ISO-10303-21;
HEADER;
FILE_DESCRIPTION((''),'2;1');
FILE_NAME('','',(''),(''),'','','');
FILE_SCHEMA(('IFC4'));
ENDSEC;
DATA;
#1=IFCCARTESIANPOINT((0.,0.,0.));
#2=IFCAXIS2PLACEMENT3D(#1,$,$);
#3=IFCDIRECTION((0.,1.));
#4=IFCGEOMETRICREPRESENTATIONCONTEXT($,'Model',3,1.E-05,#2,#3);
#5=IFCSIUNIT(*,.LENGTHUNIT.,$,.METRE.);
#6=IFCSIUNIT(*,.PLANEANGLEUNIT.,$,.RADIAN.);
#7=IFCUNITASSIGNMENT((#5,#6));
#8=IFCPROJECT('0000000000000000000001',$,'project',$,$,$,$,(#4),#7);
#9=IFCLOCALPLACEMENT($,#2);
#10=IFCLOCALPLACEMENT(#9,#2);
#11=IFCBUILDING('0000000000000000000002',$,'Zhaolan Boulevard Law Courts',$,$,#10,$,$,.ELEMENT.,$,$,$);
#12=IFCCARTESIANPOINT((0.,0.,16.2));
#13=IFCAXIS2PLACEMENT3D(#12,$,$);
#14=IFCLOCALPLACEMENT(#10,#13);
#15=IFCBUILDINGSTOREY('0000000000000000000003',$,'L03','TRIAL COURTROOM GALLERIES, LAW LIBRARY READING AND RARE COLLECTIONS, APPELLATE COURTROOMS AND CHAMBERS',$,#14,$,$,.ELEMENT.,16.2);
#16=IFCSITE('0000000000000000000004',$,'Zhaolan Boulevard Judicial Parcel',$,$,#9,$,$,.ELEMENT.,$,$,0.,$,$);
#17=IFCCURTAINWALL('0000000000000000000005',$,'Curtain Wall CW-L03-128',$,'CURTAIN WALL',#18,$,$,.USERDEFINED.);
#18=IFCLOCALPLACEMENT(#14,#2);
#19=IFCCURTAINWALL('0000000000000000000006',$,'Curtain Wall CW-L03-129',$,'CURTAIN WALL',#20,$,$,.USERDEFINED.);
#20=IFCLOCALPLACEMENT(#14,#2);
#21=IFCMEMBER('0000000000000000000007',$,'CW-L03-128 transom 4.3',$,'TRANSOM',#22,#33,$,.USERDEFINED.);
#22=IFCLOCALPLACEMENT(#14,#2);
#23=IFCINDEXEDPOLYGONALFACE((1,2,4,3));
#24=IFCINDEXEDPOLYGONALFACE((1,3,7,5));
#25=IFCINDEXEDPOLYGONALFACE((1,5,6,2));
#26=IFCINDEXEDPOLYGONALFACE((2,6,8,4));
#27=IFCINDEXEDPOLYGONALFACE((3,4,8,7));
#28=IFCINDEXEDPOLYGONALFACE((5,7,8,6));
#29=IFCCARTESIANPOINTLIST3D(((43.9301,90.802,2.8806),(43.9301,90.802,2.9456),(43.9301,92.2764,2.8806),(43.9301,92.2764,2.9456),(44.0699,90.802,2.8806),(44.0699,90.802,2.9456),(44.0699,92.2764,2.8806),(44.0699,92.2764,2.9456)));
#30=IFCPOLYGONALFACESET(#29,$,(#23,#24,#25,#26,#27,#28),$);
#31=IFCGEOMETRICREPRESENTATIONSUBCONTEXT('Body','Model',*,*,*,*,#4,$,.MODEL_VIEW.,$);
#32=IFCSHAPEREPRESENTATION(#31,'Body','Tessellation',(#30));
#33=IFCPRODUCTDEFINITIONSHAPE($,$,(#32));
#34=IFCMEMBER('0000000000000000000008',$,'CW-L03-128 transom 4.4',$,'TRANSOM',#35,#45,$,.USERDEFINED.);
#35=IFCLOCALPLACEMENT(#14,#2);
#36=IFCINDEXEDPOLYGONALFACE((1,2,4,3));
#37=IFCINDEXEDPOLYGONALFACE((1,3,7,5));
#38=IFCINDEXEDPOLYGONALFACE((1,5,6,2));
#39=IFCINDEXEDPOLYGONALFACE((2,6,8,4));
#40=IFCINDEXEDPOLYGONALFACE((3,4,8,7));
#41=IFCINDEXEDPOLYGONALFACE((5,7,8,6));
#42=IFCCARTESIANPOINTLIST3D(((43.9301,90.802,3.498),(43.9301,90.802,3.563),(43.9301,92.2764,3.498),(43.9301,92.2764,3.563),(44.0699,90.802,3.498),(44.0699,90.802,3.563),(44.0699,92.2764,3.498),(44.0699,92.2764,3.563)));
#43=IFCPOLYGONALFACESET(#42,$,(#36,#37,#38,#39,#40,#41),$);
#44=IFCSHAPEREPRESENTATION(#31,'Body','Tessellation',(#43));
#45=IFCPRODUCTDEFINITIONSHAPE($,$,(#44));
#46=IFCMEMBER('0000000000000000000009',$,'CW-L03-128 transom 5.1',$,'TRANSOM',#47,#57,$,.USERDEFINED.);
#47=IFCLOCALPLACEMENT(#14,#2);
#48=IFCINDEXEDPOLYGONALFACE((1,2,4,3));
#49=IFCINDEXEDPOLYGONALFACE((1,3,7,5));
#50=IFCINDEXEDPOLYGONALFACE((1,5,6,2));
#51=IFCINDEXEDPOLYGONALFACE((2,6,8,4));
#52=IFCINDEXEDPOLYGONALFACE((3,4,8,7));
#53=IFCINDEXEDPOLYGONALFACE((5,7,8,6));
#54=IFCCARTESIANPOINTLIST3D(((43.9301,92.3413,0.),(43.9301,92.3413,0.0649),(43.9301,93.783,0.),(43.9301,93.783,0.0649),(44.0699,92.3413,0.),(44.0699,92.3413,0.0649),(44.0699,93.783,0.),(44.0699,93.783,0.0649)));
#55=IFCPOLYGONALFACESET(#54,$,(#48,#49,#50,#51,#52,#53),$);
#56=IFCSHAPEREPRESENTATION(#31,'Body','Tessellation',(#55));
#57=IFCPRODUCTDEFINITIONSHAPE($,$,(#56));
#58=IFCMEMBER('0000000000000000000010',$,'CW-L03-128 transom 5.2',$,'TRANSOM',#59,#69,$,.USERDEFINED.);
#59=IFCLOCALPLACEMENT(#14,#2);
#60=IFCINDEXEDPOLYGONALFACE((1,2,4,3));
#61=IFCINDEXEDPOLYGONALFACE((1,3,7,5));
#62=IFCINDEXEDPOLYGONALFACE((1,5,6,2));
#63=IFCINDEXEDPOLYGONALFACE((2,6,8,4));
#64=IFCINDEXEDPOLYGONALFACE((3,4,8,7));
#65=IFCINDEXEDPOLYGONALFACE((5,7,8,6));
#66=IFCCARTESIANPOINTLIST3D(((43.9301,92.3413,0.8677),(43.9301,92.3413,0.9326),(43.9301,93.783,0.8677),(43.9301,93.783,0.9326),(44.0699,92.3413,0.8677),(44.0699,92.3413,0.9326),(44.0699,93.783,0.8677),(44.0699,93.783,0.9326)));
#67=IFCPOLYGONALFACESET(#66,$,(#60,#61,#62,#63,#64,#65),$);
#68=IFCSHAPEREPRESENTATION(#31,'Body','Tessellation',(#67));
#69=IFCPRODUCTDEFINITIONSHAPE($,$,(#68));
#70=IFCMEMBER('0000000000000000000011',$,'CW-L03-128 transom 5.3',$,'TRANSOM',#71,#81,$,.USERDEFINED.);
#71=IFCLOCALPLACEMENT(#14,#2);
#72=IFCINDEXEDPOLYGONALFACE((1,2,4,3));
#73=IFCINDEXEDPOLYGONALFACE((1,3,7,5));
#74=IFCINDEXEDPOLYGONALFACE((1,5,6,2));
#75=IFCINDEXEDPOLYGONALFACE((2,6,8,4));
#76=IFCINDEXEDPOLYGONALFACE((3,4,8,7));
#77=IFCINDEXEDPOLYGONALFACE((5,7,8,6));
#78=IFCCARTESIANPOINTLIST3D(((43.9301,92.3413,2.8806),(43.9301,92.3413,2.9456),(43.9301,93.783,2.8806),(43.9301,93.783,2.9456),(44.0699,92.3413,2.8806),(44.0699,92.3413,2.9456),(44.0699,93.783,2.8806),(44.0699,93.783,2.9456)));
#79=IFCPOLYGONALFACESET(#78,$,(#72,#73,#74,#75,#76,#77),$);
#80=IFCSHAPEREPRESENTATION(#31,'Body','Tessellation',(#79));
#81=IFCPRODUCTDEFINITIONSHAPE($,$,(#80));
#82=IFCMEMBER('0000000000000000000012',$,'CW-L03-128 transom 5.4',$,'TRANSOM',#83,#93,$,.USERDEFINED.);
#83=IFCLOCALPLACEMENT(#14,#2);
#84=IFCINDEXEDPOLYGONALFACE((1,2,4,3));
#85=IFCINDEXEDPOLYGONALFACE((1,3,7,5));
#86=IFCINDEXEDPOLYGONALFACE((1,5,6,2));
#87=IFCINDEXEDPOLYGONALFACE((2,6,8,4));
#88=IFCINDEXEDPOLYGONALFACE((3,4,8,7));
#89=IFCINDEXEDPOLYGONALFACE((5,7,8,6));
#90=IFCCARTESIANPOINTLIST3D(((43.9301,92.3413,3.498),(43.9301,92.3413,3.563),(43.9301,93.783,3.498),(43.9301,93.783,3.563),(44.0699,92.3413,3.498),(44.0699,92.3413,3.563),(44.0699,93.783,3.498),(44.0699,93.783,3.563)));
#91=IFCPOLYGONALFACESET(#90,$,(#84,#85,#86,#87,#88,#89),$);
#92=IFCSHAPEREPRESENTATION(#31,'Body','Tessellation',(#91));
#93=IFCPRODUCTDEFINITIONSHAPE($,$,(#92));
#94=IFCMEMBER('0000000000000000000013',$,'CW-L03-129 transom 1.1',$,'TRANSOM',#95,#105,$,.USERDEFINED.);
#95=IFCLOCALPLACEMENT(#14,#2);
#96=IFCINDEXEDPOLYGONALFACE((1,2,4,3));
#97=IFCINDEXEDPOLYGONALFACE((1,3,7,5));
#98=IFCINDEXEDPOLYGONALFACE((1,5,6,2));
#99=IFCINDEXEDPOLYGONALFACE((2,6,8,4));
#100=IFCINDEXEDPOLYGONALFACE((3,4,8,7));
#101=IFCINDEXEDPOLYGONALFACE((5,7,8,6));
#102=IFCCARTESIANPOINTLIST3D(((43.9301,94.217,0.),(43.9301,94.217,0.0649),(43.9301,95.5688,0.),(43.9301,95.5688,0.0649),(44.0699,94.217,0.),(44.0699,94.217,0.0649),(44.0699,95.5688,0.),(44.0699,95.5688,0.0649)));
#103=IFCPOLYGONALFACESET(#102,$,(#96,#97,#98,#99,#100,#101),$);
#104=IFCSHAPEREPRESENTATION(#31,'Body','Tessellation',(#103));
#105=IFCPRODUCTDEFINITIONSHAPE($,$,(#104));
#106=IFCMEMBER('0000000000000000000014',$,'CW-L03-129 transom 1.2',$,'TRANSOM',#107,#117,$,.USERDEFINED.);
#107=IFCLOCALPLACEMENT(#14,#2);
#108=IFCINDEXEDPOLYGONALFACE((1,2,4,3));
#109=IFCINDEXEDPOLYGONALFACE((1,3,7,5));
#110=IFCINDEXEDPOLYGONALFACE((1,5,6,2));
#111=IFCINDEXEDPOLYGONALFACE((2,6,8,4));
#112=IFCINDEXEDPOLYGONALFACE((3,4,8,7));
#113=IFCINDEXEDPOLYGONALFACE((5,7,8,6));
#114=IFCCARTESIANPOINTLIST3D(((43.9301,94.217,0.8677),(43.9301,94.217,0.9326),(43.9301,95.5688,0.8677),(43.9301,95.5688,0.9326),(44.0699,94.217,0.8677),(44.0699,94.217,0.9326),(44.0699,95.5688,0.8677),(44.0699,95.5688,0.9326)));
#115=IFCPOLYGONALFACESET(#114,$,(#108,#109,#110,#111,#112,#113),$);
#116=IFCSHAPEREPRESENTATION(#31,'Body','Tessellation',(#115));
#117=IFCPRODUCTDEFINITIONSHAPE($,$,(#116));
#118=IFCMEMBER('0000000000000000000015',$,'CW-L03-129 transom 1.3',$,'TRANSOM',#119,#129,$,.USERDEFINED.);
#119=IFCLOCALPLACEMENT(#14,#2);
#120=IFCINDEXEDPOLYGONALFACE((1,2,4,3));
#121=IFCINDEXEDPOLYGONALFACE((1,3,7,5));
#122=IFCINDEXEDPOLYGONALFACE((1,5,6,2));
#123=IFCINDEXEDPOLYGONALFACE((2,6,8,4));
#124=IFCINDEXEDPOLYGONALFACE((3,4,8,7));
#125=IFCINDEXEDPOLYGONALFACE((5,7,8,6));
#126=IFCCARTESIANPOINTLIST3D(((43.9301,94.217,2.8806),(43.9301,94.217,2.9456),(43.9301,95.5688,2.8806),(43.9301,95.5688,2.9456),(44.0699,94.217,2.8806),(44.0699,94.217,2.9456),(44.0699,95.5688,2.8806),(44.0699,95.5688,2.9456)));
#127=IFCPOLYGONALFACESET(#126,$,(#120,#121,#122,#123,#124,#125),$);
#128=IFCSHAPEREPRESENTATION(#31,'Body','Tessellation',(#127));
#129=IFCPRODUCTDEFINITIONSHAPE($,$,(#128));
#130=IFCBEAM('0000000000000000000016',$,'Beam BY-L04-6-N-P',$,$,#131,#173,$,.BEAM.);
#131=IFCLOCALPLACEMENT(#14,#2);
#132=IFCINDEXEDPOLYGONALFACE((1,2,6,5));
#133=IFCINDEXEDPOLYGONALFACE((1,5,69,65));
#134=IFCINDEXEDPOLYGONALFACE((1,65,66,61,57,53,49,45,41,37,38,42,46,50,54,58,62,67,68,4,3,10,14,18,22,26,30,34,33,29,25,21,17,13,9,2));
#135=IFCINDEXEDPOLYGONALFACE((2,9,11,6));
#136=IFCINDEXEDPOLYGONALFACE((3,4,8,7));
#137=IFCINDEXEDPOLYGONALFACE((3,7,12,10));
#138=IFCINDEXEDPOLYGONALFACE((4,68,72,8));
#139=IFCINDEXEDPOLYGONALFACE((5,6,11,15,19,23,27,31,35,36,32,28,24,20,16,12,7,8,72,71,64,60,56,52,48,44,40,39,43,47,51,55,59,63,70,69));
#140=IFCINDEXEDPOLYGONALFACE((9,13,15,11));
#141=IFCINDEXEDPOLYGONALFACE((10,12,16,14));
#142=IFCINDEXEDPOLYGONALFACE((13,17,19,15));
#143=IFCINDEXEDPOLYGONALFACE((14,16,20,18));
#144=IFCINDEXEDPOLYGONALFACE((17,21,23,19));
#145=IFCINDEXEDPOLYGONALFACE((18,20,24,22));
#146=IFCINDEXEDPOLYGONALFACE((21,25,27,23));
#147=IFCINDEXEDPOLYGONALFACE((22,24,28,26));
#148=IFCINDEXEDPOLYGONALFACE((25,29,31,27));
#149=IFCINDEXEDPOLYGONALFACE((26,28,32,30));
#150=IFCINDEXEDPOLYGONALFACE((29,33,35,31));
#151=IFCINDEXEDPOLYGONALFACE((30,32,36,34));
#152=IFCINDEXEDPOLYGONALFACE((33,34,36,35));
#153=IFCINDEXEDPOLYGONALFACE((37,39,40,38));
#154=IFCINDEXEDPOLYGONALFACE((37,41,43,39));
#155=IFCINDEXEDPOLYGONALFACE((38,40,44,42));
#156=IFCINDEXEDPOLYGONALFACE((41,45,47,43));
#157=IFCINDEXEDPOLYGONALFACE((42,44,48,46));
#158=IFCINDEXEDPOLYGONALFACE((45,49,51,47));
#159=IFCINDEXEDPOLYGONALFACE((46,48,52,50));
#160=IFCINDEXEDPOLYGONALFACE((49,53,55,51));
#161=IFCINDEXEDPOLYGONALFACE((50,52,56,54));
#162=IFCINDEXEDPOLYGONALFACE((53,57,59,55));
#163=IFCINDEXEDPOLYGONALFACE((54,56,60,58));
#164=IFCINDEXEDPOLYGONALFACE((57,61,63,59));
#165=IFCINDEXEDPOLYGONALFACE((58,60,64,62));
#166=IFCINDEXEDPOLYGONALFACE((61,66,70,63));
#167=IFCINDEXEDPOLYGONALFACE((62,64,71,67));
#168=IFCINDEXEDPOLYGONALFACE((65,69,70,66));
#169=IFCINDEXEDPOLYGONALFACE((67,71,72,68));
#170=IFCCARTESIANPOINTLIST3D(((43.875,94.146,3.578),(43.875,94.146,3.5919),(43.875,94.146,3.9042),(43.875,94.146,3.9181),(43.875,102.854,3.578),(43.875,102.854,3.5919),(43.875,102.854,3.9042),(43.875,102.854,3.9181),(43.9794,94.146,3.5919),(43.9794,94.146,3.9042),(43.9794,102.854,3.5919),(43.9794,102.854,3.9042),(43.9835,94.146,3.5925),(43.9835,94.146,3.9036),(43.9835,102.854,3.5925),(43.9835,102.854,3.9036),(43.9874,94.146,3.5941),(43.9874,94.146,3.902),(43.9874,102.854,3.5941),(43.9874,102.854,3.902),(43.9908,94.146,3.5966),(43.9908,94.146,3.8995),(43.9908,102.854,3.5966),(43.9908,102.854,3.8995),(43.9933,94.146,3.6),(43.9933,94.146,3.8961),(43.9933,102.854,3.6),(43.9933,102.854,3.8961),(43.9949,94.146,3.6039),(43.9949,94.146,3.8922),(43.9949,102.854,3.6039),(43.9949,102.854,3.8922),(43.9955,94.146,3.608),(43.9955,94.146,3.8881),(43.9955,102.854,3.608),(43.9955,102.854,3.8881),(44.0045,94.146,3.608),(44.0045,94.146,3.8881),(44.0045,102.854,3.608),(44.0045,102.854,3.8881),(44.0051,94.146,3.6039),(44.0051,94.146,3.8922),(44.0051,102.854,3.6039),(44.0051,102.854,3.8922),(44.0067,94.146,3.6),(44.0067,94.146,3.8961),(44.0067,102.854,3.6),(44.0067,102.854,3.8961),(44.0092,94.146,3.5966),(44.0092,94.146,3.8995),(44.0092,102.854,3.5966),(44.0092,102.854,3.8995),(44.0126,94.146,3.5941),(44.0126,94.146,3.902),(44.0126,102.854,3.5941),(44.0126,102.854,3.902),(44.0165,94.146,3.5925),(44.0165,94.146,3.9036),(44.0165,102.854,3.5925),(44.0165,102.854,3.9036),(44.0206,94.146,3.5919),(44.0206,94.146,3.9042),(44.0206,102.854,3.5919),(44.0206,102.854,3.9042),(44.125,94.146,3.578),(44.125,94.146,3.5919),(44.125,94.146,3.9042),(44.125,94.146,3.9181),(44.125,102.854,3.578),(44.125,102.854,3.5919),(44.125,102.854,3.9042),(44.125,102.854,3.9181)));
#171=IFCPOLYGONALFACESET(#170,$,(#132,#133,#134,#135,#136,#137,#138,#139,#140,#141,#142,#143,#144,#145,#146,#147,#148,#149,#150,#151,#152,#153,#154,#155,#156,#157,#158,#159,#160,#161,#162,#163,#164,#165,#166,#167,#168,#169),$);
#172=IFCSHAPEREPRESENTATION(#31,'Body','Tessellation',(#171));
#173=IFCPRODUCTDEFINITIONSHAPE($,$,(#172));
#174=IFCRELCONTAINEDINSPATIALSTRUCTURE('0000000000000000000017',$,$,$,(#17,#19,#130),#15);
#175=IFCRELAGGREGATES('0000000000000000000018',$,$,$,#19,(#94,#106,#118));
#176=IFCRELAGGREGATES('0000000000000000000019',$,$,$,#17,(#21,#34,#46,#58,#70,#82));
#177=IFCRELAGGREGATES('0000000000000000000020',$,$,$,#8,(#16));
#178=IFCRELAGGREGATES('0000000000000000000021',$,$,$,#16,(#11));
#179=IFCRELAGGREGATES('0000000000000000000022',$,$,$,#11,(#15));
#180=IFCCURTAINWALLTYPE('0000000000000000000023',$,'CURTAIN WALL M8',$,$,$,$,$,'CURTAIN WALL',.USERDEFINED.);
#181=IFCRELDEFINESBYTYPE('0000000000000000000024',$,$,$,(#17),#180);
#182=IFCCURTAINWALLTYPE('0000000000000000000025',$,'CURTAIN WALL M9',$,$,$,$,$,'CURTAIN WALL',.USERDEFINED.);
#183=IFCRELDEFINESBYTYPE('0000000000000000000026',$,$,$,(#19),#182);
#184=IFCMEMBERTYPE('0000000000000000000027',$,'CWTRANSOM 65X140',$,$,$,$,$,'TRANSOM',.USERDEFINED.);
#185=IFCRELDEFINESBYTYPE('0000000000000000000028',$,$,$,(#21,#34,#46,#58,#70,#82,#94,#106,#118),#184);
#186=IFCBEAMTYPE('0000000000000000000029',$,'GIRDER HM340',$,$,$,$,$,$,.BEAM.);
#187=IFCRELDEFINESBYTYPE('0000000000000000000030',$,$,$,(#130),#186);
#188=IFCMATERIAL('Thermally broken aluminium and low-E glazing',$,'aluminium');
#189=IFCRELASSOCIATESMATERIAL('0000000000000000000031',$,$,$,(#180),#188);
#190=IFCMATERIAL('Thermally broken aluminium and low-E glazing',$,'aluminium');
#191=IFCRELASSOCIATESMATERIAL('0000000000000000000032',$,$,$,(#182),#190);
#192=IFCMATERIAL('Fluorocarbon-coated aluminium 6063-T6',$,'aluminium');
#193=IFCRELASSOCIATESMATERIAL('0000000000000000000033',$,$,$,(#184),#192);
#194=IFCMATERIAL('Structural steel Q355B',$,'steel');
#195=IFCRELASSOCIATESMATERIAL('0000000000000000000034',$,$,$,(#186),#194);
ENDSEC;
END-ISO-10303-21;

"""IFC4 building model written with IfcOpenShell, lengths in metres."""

from ifc_helpers import new_model, si_unit, direction, frame, origin, origin_2d, place, context, subcontext, project, spatial, rectangle, i_section, extrude, material, material_profile, profile_set, type_object, element, aggregate, save


model = new_model("IFC4")

# Units and contexts
model_context = context("Model", 3, precision=1e-05, world=origin(), true_north=direction((0.0, 1.0)))
body_context = subcontext(model_context, "Body", "Model", "MODEL_VIEW")
ifc_project = project(units=[si_unit("LENGTHUNIT", "METRE"), si_unit("PLANEANGLEUNIT", "RADIAN")], contexts=[model_context])

# Site, building, storey
site_placement = place(None, origin())
site = spatial("IfcSite", under=ifc_project, at=site_placement, Name="Zhaolan Boulevard Judicial Parcel", CompositionType="ELEMENT", RefElevation=0.0)
building_placement = place(site_placement, origin())
building = spatial("IfcBuilding", under=site, at=building_placement, Name="Zhaolan Boulevard Law Courts", CompositionType="ELEMENT")
storey_placement = place(building_placement, frame((0.0, 0.0, 16.2)))
storey = spatial("IfcBuildingStorey", under=building, at=storey_placement, Name="L03", Description="TRIAL COURTROOM GALLERIES, LAW LIBRARY READING AND RARE COLLECTIONS, APPELLATE COURTROOMS AND CHAMBERS", CompositionType="ELEMENT", Elevation=16.2)

# Curtain wall
ifc_material_1 = material(Name="Thermally broken aluminium and low-E glazing", Category="aluminium")
curtain_wall_type_1 = type_object("IfcCurtainWallType", Name="CURTAIN WALL M8", ElementType="CURTAIN WALL", PredefinedType="USERDEFINED", material=ifc_material_1)
curtain_wall_1_placement = place(storey_placement, origin())
curtain_wall_1 = element("IfcCurtainWall", 1, at=curtain_wall_1_placement, inside=storey, type_object=curtain_wall_type_1, Name="Curtain Wall CW-L03-128", ObjectType="CURTAIN WALL", PredefinedType="USERDEFINED")

# Curtain wall
ifc_material_2 = material(Name="Thermally broken aluminium and low-E glazing", Category="aluminium")
curtain_wall_type_2 = type_object("IfcCurtainWallType", Name="CURTAIN WALL M9", ElementType="CURTAIN WALL", PredefinedType="USERDEFINED", material=ifc_material_2)
curtain_wall_2_placement = place(storey_placement, origin())
curtain_wall_2 = element("IfcCurtainWall", 2, at=curtain_wall_2_placement, inside=storey, type_object=curtain_wall_type_2, Name="Curtain Wall CW-L03-129", ObjectType="CURTAIN WALL", PredefinedType="USERDEFINED")

# Members
ifc_material_3 = material(Name="Fluorocarbon-coated aluminium 6063-T6", Category="aluminium")
ifc_material_profile_1 = material_profile(ifc_material_3, rectangle(XDim=0.1399, YDim=0.0649, at=origin_2d()), Name="AL65x140")
ifc_profile_set_1 = profile_set([ifc_material_profile_1], Name="Fluorocarbon-coated aluminium 6063-T6")
member_type_1 = type_object("IfcMemberType", Name="CWTRANSOM 65X140", ElementType="TRANSOM", PredefinedType="USERDEFINED", material=ifc_profile_set_1)
member_1_placement = place(storey_placement, frame((44.0, 90.802, 2.9131), z_axis=(0.0, 1.0, 0.0), x_axis=(-1.0, 0.0, 0.0)))
member_1 = element("IfcMember", 3, at=member_1_placement, type_object=member_type_1, Name="CW-L03-128 transom 4.3", ObjectType="TRANSOM", PredefinedType="USERDEFINED", context=body_context, shape_type="SweptSolid", body=[
    extrude(rectangle(XDim=0.1399, YDim=0.0649, at=origin_2d()), origin(), (0.0, 0.0, 1.0), 1.4744),
])
member_2_placement = place(storey_placement, frame((44.0, 90.802, 3.5305), z_axis=(0.0, 1.0, 0.0), x_axis=(-1.0, 0.0, 0.0)))
member_2 = element("IfcMember", 4, at=member_2_placement, type_object=member_type_1, Name="CW-L03-128 transom 4.4", ObjectType="TRANSOM", PredefinedType="USERDEFINED", context=body_context, shape_type="SweptSolid", body=[
    extrude(rectangle(XDim=0.1399, YDim=0.0649, at=origin_2d()), origin(), (0.0, 0.0, 1.0), 1.4744),
])
member_3_placement = place(storey_placement, frame((44.0, 92.3413, 0.0325), z_axis=(0.0, 1.0, 0.0), x_axis=(-1.0, 0.0, 0.0)))
member_3 = element("IfcMember", 5, at=member_3_placement, type_object=member_type_1, Name="CW-L03-128 transom 5.1", ObjectType="TRANSOM", PredefinedType="USERDEFINED", context=body_context, shape_type="SweptSolid", body=[
    extrude(rectangle(XDim=0.1399, YDim=0.0649, at=origin_2d()), origin(), (0.0, 0.0, 1.0), 1.4417),
])
member_4_placement = place(storey_placement, frame((44.0, 92.3413, 0.9001), z_axis=(0.0, 1.0, 0.0), x_axis=(-1.0, 0.0, 0.0)))
member_4 = element("IfcMember", 6, at=member_4_placement, type_object=member_type_1, Name="CW-L03-128 transom 5.2", ObjectType="TRANSOM", PredefinedType="USERDEFINED", context=body_context, shape_type="SweptSolid", body=[
    extrude(rectangle(XDim=0.1399, YDim=0.0649, at=origin_2d()), origin(), (0.0, 0.0, 1.0), 1.4417),
])
member_5_placement = place(storey_placement, frame((44.0, 92.3413, 2.9131), z_axis=(0.0, 1.0, 0.0), x_axis=(-1.0, 0.0, 0.0)))
member_5 = element("IfcMember", 7, at=member_5_placement, type_object=member_type_1, Name="CW-L03-128 transom 5.3", ObjectType="TRANSOM", PredefinedType="USERDEFINED", context=body_context, shape_type="SweptSolid", body=[
    extrude(rectangle(XDim=0.1399, YDim=0.0649, at=origin_2d()), origin(), (0.0, 0.0, 1.0), 1.4417),
])
member_6_placement = place(storey_placement, frame((44.0, 92.3413, 3.5305), z_axis=(0.0, 1.0, 0.0), x_axis=(-1.0, 0.0, 0.0)))
member_6 = element("IfcMember", 8, at=member_6_placement, type_object=member_type_1, Name="CW-L03-128 transom 5.4", ObjectType="TRANSOM", PredefinedType="USERDEFINED", context=body_context, shape_type="SweptSolid", body=[
    extrude(rectangle(XDim=0.1399, YDim=0.0649, at=origin_2d()), origin(), (0.0, 0.0, 1.0), 1.4417),
])
member_7_placement = place(storey_placement, frame((44.0, 94.217, 0.0325), z_axis=(0.0, 1.0, 0.0), x_axis=(-1.0, 0.0, 0.0)))
member_7 = element("IfcMember", 9, at=member_7_placement, type_object=member_type_1, Name="CW-L03-129 transom 1.1", ObjectType="TRANSOM", PredefinedType="USERDEFINED", context=body_context, shape_type="SweptSolid", body=[
    extrude(rectangle(XDim=0.1399, YDim=0.0649, at=origin_2d()), origin(), (0.0, 0.0, 1.0), 1.3518),
])
member_8_placement = place(storey_placement, frame((44.0, 94.217, 0.9001), z_axis=(0.0, 1.0, 0.0), x_axis=(-1.0, 0.0, 0.0)))
member_8 = element("IfcMember", 10, at=member_8_placement, type_object=member_type_1, Name="CW-L03-129 transom 1.2", ObjectType="TRANSOM", PredefinedType="USERDEFINED", context=body_context, shape_type="SweptSolid", body=[
    extrude(rectangle(XDim=0.1399, YDim=0.0649, at=origin_2d()), origin(), (0.0, 0.0, 1.0), 1.3518),
])
member_9_placement = place(storey_placement, frame((44.0, 94.217, 2.9131), z_axis=(0.0, 1.0, 0.0), x_axis=(-1.0, 0.0, 0.0)))
member_9 = element("IfcMember", 11, at=member_9_placement, type_object=member_type_1, Name="CW-L03-129 transom 1.3", ObjectType="TRANSOM", PredefinedType="USERDEFINED", context=body_context, shape_type="SweptSolid", body=[
    extrude(rectangle(XDim=0.1399, YDim=0.0649, at=origin_2d()), origin(), (0.0, 0.0, 1.0), 1.3518),
])
aggregate(curtain_wall_2, [member_7, member_8, member_9])

# Beam
ifc_material_4 = material(Name="Structural steel Q355B", Category="steel")
ifc_material_profile_2 = material_profile(ifc_material_4, i_section(OverallWidth=0.25, OverallDepth=0.3401, WebThickness=0.009, FlangeThickness=0.0139, FilletRadius=0.0161, at=origin_2d()), Name="HM340x250")
ifc_profile_set_2 = profile_set([ifc_material_profile_2], Name="Structural steel Q355B")
beam_type_1 = type_object("IfcBeamType", Name="GIRDER HM340", PredefinedType="BEAM", material=ifc_profile_set_2)
beam_1_placement = place(storey_placement, frame((44.0, 94.146, 3.748), z_axis=(0.0, 1.0, 0.0), x_axis=(-1.0, 0.0, 0.0)))
element("IfcBeam", 12, at=beam_1_placement, inside=storey, type_object=beam_type_1, Name="Beam BY-L04-6-N-P", PredefinedType="BEAM", context=body_context, shape_type="SweptSolid", body=[
    extrude(i_section(OverallWidth=0.25, OverallDepth=0.3401, WebThickness=0.009, FlangeThickness=0.0139, FilletRadius=0.0161, at=origin_2d()), origin(), (0.0, 0.0, 1.0), 8.708),
])

aggregate(curtain_wall_1, [member_1, member_2, member_3, member_4, member_5, member_6])

save(model, "model.ifc")
